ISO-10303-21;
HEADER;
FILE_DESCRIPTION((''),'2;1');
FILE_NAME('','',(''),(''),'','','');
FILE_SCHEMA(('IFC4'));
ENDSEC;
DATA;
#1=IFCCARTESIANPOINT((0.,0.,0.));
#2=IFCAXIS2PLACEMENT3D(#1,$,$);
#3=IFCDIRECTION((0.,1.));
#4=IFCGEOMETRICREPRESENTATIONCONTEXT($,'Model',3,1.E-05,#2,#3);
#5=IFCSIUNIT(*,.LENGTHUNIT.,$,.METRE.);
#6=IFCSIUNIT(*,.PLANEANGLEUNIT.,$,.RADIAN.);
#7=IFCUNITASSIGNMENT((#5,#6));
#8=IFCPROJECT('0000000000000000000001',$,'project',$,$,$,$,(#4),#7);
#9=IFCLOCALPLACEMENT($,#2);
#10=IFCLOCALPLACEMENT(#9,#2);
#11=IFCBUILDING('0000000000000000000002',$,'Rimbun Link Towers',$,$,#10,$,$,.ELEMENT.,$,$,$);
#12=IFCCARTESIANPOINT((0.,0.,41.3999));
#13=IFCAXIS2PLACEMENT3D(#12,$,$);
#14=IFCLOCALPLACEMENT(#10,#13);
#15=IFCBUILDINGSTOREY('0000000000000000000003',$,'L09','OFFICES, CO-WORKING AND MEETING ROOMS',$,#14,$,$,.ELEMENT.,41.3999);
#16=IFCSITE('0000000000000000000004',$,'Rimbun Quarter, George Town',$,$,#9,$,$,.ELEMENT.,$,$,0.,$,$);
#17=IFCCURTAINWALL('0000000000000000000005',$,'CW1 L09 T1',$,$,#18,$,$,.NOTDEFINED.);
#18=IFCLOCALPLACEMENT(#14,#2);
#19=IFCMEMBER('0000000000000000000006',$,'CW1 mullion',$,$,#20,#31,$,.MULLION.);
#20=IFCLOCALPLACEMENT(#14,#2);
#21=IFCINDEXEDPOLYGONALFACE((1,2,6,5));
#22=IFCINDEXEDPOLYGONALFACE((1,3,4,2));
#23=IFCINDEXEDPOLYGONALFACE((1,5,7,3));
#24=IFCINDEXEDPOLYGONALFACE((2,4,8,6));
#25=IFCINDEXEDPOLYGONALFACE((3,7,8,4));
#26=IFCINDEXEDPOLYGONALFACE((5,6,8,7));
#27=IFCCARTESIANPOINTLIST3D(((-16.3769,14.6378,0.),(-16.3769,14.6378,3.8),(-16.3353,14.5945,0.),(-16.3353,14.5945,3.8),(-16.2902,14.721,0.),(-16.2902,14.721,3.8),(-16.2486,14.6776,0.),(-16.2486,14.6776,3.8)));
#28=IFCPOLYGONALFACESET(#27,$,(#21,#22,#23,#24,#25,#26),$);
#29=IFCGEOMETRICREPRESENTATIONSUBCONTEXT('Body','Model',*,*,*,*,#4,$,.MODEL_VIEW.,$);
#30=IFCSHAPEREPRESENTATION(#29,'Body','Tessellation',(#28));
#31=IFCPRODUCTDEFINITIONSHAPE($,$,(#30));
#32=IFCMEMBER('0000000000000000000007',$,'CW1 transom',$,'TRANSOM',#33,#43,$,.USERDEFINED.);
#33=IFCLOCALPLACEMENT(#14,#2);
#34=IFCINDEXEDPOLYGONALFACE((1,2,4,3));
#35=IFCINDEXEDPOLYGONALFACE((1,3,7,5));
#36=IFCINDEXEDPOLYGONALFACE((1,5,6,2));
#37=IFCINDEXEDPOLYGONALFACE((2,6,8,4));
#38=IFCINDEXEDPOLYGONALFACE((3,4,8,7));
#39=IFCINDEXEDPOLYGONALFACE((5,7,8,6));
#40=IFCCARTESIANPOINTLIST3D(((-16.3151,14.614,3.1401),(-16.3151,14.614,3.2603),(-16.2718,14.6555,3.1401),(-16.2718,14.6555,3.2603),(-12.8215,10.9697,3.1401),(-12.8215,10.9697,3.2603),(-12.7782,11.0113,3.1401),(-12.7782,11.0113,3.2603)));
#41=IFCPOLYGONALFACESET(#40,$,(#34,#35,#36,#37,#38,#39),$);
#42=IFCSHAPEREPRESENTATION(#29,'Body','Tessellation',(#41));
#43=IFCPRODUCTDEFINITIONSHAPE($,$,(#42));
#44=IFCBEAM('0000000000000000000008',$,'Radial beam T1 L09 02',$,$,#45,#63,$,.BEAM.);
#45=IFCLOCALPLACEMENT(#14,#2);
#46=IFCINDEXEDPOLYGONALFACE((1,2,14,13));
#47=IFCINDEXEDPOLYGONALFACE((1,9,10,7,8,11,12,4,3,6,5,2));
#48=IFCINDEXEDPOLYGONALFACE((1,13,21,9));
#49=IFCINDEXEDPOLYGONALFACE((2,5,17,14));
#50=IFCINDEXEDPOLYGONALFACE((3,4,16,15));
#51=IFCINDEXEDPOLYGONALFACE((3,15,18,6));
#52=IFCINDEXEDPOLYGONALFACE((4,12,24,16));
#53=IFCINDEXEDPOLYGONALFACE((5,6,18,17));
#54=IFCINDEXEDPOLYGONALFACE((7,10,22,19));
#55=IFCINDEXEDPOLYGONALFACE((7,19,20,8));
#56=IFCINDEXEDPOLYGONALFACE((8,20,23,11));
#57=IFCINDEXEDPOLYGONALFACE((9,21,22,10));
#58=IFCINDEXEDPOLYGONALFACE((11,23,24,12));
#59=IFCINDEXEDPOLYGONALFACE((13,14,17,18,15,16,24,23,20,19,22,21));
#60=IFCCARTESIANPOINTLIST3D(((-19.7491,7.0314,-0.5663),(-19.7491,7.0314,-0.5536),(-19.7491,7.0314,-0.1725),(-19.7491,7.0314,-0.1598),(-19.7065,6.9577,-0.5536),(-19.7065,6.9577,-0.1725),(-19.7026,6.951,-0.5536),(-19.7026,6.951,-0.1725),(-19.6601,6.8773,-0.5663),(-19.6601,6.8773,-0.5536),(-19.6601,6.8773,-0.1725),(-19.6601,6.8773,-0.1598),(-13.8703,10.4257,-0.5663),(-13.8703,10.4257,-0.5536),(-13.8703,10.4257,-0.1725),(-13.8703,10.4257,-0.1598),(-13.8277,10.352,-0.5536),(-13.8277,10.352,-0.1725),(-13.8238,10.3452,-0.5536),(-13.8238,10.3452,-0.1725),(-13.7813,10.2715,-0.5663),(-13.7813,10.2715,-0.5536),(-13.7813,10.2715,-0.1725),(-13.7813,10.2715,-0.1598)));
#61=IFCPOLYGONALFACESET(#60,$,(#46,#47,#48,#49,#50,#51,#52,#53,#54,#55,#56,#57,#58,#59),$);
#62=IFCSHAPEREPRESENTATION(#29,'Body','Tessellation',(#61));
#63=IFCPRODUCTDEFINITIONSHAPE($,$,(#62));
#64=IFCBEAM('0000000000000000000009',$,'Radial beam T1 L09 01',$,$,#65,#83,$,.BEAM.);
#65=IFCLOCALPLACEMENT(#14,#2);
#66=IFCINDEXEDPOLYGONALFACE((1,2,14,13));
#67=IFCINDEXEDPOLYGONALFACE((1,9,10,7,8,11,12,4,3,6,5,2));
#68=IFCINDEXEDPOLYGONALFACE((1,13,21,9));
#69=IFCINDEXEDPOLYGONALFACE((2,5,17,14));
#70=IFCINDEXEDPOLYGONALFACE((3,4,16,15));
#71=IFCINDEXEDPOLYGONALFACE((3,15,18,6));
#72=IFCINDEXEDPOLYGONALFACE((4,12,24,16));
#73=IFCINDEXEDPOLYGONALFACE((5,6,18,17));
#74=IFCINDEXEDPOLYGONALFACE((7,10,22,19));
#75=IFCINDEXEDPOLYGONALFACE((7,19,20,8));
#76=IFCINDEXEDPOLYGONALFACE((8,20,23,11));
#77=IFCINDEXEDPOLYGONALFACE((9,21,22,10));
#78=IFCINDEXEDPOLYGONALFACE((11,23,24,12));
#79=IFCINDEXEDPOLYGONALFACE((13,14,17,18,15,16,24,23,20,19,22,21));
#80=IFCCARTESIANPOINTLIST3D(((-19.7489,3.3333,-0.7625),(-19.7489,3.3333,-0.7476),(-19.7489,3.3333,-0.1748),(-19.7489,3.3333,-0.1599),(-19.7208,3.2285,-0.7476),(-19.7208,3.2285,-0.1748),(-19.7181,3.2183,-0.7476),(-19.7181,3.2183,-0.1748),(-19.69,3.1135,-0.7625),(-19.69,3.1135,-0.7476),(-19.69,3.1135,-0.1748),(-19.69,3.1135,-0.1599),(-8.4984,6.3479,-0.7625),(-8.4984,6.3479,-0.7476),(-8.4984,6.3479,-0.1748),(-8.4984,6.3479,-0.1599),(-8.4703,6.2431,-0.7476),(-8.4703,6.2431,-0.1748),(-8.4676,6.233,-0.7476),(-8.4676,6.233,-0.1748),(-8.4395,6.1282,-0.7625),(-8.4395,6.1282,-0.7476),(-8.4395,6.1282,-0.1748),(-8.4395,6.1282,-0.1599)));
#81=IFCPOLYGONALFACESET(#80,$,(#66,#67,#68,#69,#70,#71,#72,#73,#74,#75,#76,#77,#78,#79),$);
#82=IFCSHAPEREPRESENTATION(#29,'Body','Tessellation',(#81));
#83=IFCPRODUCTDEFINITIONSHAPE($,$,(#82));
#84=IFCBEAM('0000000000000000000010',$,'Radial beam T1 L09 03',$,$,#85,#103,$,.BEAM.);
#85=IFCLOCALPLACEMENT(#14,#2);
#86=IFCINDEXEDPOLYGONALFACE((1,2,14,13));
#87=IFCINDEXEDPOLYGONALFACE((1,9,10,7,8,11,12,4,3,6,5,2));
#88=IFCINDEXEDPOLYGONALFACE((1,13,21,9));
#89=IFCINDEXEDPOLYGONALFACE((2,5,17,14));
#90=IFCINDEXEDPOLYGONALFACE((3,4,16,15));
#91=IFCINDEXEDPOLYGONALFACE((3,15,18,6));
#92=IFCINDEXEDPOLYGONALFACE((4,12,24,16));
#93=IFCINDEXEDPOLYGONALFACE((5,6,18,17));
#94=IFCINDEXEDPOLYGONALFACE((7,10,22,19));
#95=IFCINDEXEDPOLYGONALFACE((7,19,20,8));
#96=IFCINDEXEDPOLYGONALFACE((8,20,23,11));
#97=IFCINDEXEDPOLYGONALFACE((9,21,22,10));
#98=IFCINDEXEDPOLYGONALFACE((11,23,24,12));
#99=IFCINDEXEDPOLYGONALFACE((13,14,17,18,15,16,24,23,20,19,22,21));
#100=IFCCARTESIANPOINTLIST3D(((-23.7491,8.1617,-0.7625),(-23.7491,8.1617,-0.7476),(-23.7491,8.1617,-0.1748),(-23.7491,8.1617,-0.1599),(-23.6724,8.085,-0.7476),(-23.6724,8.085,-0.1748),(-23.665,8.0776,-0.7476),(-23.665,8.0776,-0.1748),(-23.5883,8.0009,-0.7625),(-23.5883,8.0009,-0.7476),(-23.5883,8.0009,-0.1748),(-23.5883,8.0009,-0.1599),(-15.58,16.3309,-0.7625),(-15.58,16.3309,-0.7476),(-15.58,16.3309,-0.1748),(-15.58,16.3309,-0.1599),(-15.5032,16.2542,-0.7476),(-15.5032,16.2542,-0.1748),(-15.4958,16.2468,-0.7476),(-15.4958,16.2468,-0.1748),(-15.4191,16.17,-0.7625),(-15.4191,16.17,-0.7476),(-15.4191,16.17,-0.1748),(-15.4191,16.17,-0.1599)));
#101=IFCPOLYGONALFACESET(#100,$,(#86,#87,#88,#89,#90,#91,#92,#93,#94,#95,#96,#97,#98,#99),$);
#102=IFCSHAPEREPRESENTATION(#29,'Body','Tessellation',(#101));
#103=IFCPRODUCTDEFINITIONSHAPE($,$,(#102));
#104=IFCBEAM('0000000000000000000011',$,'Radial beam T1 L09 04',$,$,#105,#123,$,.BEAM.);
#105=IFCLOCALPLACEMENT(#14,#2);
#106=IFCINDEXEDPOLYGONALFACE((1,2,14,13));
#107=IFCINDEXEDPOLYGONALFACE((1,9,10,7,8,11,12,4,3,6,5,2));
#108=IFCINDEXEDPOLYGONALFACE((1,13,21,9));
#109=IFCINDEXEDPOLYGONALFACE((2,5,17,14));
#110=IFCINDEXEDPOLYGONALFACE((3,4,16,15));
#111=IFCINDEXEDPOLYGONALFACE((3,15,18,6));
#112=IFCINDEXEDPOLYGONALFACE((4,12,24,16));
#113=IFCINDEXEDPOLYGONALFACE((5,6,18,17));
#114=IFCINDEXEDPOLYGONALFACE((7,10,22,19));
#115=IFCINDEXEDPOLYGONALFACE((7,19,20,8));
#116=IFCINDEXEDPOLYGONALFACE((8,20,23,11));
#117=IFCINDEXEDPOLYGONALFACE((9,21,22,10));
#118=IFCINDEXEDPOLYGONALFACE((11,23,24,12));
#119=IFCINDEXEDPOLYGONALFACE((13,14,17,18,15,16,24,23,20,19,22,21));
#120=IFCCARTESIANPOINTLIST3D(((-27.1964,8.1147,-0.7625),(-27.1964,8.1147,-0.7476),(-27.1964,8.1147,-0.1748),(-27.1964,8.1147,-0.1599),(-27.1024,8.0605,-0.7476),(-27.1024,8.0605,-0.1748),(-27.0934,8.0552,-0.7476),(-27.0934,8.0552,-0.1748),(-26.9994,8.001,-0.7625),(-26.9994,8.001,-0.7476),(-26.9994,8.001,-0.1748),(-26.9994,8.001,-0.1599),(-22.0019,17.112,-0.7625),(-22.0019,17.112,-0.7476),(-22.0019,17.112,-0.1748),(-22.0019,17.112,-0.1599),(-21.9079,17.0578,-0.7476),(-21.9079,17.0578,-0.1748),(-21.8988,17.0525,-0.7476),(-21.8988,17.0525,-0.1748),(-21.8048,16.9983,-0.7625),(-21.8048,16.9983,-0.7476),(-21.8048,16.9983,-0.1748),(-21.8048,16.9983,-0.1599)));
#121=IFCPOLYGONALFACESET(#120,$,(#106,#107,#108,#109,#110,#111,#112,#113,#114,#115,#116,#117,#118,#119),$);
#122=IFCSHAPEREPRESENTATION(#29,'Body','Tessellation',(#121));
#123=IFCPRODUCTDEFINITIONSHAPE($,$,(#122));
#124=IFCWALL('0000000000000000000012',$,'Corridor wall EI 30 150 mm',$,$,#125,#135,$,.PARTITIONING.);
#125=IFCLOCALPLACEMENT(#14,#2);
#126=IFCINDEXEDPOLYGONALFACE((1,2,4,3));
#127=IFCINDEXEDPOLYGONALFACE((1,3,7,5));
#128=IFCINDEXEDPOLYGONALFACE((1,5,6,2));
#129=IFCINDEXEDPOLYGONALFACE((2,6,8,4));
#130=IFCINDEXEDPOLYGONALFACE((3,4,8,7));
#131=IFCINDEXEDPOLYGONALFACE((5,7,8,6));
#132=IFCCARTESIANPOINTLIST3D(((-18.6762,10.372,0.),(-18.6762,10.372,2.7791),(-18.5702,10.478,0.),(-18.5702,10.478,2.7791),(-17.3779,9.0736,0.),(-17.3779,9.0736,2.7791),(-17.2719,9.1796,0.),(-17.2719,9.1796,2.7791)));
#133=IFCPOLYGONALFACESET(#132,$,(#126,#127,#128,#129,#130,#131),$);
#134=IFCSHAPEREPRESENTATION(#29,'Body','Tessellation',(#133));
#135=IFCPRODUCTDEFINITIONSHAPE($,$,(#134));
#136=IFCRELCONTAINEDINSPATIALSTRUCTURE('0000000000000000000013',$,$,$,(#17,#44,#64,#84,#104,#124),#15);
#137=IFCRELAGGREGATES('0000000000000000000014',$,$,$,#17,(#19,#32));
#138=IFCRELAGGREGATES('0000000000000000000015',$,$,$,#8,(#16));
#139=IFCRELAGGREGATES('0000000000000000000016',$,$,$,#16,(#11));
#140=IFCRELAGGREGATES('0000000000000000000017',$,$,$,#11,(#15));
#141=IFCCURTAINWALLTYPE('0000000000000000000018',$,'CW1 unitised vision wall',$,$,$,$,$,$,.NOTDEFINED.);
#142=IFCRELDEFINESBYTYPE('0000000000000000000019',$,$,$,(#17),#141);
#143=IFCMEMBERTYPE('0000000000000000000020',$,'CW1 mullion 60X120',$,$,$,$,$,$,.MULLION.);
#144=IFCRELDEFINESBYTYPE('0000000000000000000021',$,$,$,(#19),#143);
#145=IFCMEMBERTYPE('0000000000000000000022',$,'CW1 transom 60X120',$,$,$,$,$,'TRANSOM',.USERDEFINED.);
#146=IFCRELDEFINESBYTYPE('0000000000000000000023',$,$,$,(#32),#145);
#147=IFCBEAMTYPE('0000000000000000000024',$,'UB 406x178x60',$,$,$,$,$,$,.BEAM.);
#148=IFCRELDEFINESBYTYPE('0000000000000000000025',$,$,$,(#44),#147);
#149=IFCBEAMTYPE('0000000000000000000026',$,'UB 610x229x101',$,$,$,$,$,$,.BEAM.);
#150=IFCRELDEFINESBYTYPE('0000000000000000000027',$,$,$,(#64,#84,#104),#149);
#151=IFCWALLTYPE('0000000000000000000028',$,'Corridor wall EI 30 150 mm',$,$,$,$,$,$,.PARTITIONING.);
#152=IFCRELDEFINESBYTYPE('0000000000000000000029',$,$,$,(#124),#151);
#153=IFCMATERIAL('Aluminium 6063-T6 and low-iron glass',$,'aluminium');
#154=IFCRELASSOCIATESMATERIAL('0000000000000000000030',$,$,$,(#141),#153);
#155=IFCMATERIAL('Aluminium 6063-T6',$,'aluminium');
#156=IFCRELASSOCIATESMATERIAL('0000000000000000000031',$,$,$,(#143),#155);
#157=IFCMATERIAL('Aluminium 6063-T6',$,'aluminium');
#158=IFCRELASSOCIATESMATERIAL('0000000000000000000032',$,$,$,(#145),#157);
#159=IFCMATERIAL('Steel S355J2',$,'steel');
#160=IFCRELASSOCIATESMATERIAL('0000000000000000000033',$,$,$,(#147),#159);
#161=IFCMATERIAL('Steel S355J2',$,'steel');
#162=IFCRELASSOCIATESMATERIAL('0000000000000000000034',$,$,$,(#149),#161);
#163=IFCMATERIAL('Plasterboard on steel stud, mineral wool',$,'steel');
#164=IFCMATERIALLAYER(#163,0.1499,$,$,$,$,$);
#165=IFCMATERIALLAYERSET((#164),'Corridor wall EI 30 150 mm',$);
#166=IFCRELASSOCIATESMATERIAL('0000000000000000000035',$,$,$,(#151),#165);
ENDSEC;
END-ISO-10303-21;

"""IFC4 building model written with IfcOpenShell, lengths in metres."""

from ifc_helpers import new_model, si_unit, direction, frame, frame_2d, origin, origin_2d, place, context, subcontext, project, spatial, rectangle, i_section, extrude, material, layer, layer_set, material_profile, profile_set, type_object, element, aggregate, save


model = new_model("IFC4")

# Units and contexts
model_context = context("Model", 3, precision=1e-05, world=origin(), true_north=direction((0.0, 1.0)))
body_context = subcontext(model_context, "Body", "Model", "MODEL_VIEW")
ifc_project = project(units=[si_unit("LENGTHUNIT", "METRE"), si_unit("PLANEANGLEUNIT", "RADIAN")], contexts=[model_context])

# Site, building, storey
site_placement = place(None, origin())
site = spatial("IfcSite", under=ifc_project, at=site_placement, Name="Rimbun Quarter, George Town", CompositionType="ELEMENT", RefElevation=0.0)
building_placement = place(site_placement, origin())
building = spatial("IfcBuilding", under=site, at=building_placement, Name="Rimbun Link Towers", CompositionType="ELEMENT")
storey_placement = place(building_placement, frame((0.0, 0.0, 41.3999)))
storey = spatial("IfcBuildingStorey", under=building, at=storey_placement, Name="L09", Description="OFFICES, CO-WORKING AND MEETING ROOMS", CompositionType="ELEMENT", Elevation=41.3999)

# Curtain wall, members
ifc_material_1 = material(Name="Aluminium 6063-T6 and low-iron glass", Category="aluminium")
curtain_wall_type = type_object("IfcCurtainWallType", Name="CW1 unitised vision wall", PredefinedType="NOTDEFINED", material=ifc_material_1)
curtain_wall_placement = place(storey_placement, origin())
curtain_wall = element("IfcCurtainWall", 1, at=curtain_wall_placement, inside=storey, type_object=curtain_wall_type, Name="CW1 L09 T1", PredefinedType="NOTDEFINED")
ifc_material_2 = material(Name="Aluminium 6063-T6", Category="aluminium")
ifc_material_profile_1 = material_profile(ifc_material_2, rectangle(XDim=0.1201, YDim=0.0601, at=origin_2d()), Name="MULLION 60X120")
ifc_profile_set_1 = profile_set([ifc_material_profile_1], Name="Aluminium 6063-T6")
member_type_1 = type_object("IfcMemberType", Name="CW1 mullion 60X120", PredefinedType="MULLION", material=ifc_profile_set_1)
member_1_placement = place(storey_placement, frame((-16.3127, 14.6577, 0.0), z_axis=(0.0, 0.0, 1.0), x_axis=(0.721848, 0.692052, 0.0)))
member_1 = element("IfcMember", 2, at=member_1_placement, type_object=member_type_1, Name="CW1 mullion", PredefinedType="MULLION", context=body_context, shape_type="SweptSolid", body=[
    extrude(rectangle(XDim=0.1201, YDim=0.0601, at=origin_2d()), origin(), (0.0, 0.0, 1.0), 3.8),
])
ifc_material_3 = material(Name="Aluminium 6063-T6", Category="aluminium")
ifc_material_profile_2 = material_profile(ifc_material_3, rectangle(XDim=0.0601, YDim=0.1201, at=origin_2d()), Name="TRANSOM 60X120")
ifc_profile_set_2 = profile_set([ifc_material_profile_2], Name="Aluminium 6063-T6")
member_type_2 = type_object("IfcMemberType", Name="CW1 transom 60X120", ElementType="TRANSOM", PredefinedType="USERDEFINED", material=ifc_profile_set_2)
member_2_placement = place(storey_placement, frame((-16.2935, 14.6348, 3.2002), z_axis=(0.69203, -0.721868, 0.0), x_axis=(0.721868, 0.69203, 0.0)))
member_2 = element("IfcMember", 3, at=member_2_placement, type_object=member_type_2, Name="CW1 transom", ObjectType="TRANSOM", PredefinedType="USERDEFINED", context=body_context, shape_type="SweptSolid", body=[
    extrude(rectangle(XDim=0.0601, YDim=0.1201, at=origin_2d()), origin(), (0.0, 0.0, 1.0), 5.0483),
])
aggregate(curtain_wall, [member_1, member_2])

# Beams
ifc_material_4 = material(Name="Steel S355J2", Category="steel")
ifc_material_profile_3 = material_profile(ifc_material_4, i_section(OverallWidth=0.178, OverallDepth=0.4065, WebThickness=0.0078, FlangeThickness=0.0127, at=origin_2d()), Name="UB 406x178x60")
ifc_profile_set_3 = profile_set([ifc_material_profile_3], Name="Steel S355J2")
beam_type_1 = type_object("IfcBeamType", Name="UB 406x178x60", PredefinedType="BEAM", material=ifc_profile_set_3)
beam_1_placement = place(storey_placement, frame((-19.7046, 6.9543, -0.363), z_axis=(0.866019, 0.500011, 0.0), x_axis=(-0.500011, 0.866019, 0.0)))
element("IfcBeam", 4, at=beam_1_placement, inside=storey, type_object=beam_type_1, Name="Radial beam T1 L09 02", PredefinedType="BEAM", context=body_context, shape_type="SweptSolid", body=[
    extrude(i_section(OverallWidth=0.178, OverallDepth=0.4065, WebThickness=0.0078, FlangeThickness=0.0127, at=origin_2d()), origin(), (0.0, 0.0, 1.0), 6.7883),
])
ifc_material_5 = material(Name="Steel S355J2", Category="steel")
ifc_material_profile_4 = material_profile(ifc_material_5, i_section(OverallWidth=0.2275, OverallDepth=0.6025, WebThickness=0.0105, FlangeThickness=0.0149, at=origin_2d()), Name="UB 610x229x101")
ifc_profile_set_4 = profile_set([ifc_material_profile_4], Name="Steel S355J2")
beam_type_2 = type_object("IfcBeamType", Name="UB 610x229x101", PredefinedType="BEAM", material=ifc_profile_set_4)
beam_2_placement = place(storey_placement, frame((-19.7195, 3.2234, -0.4612), z_axis=(0.965924, 0.258826, 0.0), x_axis=(-0.258826, 0.965924, 0.0)))
element("IfcBeam", 5, at=beam_2_placement, inside=storey, type_object=beam_type_2, Name="Radial beam T1 L09 01", PredefinedType="BEAM", context=body_context, shape_type="SweptSolid", body=[
    extrude(i_section(OverallWidth=0.2275, OverallDepth=0.6025, WebThickness=0.0105, FlangeThickness=0.0149, at=origin_2d()), origin(), (0.0, 0.0, 1.0), 11.6475),
])
beam_3_placement = place(storey_placement, frame((-23.6687, 8.0813, -0.4612), z_axis=(0.707107, 0.707107, 0.0), x_axis=(-0.707107, 0.707107, 0.0)))
element("IfcBeam", 6, at=beam_3_placement, inside=storey, type_object=beam_type_2, Name="Radial beam T1 L09 03", PredefinedType="BEAM", context=body_context, shape_type="SweptSolid", body=[
    extrude(i_section(OverallWidth=0.2275, OverallDepth=0.6025, WebThickness=0.0105, FlangeThickness=0.0149, at=origin_2d()), origin(), (0.0, 0.0, 1.0), 11.553),
])
beam_4_placement = place(storey_placement, frame((-27.0979, 8.0579, -0.4612), z_axis=(0.499998, 0.866026, 0.0), x_axis=(-0.866026, 0.499998, 0.0)))
element("IfcBeam", 7, at=beam_4_placement, inside=storey, type_object=beam_type_2, Name="Radial beam T1 L09 04", PredefinedType="BEAM", context=body_context, shape_type="SweptSolid", body=[
    extrude(i_section(OverallWidth=0.2275, OverallDepth=0.6025, WebThickness=0.0105, FlangeThickness=0.0149, at=origin_2d()), origin(), (0.0, 0.0, 1.0), 10.3892),
])

# Wall
ifc_material_6 = material(Name="Plasterboard on steel stud, mineral wool", Category="steel")
ifc_layer_1 = layer(ifc_material_6, 0.1499)
ifc_layer_set_1 = layer_set([ifc_layer_1], Name="Corridor wall EI 30 150 mm")
wall_type_1 = type_object("IfcWallType", Name="Corridor wall EI 30 150 mm", PredefinedType="PARTITIONING", material=ifc_layer_set_1)
wall_1_placement = place(storey_placement, frame((-17.325, 9.1267, 0.0), z_axis=(0.0, 0.0, 1.0), x_axis=(-0.707107, 0.707107, 0.0)))
element("IfcWall", 8, at=wall_1_placement, inside=storey, type_object=wall_type_1, Name="Corridor wall EI 30 150 mm", PredefinedType="PARTITIONING", context=body_context, shape_type="SweptSolid", body=[
    extrude(rectangle(XDim=1.8362, YDim=0.1499, at=frame_2d((0.918, 0.0))), origin(), (0.0, 0.0, 1.0), 2.7791),
])

save(model, "model.ifc")
